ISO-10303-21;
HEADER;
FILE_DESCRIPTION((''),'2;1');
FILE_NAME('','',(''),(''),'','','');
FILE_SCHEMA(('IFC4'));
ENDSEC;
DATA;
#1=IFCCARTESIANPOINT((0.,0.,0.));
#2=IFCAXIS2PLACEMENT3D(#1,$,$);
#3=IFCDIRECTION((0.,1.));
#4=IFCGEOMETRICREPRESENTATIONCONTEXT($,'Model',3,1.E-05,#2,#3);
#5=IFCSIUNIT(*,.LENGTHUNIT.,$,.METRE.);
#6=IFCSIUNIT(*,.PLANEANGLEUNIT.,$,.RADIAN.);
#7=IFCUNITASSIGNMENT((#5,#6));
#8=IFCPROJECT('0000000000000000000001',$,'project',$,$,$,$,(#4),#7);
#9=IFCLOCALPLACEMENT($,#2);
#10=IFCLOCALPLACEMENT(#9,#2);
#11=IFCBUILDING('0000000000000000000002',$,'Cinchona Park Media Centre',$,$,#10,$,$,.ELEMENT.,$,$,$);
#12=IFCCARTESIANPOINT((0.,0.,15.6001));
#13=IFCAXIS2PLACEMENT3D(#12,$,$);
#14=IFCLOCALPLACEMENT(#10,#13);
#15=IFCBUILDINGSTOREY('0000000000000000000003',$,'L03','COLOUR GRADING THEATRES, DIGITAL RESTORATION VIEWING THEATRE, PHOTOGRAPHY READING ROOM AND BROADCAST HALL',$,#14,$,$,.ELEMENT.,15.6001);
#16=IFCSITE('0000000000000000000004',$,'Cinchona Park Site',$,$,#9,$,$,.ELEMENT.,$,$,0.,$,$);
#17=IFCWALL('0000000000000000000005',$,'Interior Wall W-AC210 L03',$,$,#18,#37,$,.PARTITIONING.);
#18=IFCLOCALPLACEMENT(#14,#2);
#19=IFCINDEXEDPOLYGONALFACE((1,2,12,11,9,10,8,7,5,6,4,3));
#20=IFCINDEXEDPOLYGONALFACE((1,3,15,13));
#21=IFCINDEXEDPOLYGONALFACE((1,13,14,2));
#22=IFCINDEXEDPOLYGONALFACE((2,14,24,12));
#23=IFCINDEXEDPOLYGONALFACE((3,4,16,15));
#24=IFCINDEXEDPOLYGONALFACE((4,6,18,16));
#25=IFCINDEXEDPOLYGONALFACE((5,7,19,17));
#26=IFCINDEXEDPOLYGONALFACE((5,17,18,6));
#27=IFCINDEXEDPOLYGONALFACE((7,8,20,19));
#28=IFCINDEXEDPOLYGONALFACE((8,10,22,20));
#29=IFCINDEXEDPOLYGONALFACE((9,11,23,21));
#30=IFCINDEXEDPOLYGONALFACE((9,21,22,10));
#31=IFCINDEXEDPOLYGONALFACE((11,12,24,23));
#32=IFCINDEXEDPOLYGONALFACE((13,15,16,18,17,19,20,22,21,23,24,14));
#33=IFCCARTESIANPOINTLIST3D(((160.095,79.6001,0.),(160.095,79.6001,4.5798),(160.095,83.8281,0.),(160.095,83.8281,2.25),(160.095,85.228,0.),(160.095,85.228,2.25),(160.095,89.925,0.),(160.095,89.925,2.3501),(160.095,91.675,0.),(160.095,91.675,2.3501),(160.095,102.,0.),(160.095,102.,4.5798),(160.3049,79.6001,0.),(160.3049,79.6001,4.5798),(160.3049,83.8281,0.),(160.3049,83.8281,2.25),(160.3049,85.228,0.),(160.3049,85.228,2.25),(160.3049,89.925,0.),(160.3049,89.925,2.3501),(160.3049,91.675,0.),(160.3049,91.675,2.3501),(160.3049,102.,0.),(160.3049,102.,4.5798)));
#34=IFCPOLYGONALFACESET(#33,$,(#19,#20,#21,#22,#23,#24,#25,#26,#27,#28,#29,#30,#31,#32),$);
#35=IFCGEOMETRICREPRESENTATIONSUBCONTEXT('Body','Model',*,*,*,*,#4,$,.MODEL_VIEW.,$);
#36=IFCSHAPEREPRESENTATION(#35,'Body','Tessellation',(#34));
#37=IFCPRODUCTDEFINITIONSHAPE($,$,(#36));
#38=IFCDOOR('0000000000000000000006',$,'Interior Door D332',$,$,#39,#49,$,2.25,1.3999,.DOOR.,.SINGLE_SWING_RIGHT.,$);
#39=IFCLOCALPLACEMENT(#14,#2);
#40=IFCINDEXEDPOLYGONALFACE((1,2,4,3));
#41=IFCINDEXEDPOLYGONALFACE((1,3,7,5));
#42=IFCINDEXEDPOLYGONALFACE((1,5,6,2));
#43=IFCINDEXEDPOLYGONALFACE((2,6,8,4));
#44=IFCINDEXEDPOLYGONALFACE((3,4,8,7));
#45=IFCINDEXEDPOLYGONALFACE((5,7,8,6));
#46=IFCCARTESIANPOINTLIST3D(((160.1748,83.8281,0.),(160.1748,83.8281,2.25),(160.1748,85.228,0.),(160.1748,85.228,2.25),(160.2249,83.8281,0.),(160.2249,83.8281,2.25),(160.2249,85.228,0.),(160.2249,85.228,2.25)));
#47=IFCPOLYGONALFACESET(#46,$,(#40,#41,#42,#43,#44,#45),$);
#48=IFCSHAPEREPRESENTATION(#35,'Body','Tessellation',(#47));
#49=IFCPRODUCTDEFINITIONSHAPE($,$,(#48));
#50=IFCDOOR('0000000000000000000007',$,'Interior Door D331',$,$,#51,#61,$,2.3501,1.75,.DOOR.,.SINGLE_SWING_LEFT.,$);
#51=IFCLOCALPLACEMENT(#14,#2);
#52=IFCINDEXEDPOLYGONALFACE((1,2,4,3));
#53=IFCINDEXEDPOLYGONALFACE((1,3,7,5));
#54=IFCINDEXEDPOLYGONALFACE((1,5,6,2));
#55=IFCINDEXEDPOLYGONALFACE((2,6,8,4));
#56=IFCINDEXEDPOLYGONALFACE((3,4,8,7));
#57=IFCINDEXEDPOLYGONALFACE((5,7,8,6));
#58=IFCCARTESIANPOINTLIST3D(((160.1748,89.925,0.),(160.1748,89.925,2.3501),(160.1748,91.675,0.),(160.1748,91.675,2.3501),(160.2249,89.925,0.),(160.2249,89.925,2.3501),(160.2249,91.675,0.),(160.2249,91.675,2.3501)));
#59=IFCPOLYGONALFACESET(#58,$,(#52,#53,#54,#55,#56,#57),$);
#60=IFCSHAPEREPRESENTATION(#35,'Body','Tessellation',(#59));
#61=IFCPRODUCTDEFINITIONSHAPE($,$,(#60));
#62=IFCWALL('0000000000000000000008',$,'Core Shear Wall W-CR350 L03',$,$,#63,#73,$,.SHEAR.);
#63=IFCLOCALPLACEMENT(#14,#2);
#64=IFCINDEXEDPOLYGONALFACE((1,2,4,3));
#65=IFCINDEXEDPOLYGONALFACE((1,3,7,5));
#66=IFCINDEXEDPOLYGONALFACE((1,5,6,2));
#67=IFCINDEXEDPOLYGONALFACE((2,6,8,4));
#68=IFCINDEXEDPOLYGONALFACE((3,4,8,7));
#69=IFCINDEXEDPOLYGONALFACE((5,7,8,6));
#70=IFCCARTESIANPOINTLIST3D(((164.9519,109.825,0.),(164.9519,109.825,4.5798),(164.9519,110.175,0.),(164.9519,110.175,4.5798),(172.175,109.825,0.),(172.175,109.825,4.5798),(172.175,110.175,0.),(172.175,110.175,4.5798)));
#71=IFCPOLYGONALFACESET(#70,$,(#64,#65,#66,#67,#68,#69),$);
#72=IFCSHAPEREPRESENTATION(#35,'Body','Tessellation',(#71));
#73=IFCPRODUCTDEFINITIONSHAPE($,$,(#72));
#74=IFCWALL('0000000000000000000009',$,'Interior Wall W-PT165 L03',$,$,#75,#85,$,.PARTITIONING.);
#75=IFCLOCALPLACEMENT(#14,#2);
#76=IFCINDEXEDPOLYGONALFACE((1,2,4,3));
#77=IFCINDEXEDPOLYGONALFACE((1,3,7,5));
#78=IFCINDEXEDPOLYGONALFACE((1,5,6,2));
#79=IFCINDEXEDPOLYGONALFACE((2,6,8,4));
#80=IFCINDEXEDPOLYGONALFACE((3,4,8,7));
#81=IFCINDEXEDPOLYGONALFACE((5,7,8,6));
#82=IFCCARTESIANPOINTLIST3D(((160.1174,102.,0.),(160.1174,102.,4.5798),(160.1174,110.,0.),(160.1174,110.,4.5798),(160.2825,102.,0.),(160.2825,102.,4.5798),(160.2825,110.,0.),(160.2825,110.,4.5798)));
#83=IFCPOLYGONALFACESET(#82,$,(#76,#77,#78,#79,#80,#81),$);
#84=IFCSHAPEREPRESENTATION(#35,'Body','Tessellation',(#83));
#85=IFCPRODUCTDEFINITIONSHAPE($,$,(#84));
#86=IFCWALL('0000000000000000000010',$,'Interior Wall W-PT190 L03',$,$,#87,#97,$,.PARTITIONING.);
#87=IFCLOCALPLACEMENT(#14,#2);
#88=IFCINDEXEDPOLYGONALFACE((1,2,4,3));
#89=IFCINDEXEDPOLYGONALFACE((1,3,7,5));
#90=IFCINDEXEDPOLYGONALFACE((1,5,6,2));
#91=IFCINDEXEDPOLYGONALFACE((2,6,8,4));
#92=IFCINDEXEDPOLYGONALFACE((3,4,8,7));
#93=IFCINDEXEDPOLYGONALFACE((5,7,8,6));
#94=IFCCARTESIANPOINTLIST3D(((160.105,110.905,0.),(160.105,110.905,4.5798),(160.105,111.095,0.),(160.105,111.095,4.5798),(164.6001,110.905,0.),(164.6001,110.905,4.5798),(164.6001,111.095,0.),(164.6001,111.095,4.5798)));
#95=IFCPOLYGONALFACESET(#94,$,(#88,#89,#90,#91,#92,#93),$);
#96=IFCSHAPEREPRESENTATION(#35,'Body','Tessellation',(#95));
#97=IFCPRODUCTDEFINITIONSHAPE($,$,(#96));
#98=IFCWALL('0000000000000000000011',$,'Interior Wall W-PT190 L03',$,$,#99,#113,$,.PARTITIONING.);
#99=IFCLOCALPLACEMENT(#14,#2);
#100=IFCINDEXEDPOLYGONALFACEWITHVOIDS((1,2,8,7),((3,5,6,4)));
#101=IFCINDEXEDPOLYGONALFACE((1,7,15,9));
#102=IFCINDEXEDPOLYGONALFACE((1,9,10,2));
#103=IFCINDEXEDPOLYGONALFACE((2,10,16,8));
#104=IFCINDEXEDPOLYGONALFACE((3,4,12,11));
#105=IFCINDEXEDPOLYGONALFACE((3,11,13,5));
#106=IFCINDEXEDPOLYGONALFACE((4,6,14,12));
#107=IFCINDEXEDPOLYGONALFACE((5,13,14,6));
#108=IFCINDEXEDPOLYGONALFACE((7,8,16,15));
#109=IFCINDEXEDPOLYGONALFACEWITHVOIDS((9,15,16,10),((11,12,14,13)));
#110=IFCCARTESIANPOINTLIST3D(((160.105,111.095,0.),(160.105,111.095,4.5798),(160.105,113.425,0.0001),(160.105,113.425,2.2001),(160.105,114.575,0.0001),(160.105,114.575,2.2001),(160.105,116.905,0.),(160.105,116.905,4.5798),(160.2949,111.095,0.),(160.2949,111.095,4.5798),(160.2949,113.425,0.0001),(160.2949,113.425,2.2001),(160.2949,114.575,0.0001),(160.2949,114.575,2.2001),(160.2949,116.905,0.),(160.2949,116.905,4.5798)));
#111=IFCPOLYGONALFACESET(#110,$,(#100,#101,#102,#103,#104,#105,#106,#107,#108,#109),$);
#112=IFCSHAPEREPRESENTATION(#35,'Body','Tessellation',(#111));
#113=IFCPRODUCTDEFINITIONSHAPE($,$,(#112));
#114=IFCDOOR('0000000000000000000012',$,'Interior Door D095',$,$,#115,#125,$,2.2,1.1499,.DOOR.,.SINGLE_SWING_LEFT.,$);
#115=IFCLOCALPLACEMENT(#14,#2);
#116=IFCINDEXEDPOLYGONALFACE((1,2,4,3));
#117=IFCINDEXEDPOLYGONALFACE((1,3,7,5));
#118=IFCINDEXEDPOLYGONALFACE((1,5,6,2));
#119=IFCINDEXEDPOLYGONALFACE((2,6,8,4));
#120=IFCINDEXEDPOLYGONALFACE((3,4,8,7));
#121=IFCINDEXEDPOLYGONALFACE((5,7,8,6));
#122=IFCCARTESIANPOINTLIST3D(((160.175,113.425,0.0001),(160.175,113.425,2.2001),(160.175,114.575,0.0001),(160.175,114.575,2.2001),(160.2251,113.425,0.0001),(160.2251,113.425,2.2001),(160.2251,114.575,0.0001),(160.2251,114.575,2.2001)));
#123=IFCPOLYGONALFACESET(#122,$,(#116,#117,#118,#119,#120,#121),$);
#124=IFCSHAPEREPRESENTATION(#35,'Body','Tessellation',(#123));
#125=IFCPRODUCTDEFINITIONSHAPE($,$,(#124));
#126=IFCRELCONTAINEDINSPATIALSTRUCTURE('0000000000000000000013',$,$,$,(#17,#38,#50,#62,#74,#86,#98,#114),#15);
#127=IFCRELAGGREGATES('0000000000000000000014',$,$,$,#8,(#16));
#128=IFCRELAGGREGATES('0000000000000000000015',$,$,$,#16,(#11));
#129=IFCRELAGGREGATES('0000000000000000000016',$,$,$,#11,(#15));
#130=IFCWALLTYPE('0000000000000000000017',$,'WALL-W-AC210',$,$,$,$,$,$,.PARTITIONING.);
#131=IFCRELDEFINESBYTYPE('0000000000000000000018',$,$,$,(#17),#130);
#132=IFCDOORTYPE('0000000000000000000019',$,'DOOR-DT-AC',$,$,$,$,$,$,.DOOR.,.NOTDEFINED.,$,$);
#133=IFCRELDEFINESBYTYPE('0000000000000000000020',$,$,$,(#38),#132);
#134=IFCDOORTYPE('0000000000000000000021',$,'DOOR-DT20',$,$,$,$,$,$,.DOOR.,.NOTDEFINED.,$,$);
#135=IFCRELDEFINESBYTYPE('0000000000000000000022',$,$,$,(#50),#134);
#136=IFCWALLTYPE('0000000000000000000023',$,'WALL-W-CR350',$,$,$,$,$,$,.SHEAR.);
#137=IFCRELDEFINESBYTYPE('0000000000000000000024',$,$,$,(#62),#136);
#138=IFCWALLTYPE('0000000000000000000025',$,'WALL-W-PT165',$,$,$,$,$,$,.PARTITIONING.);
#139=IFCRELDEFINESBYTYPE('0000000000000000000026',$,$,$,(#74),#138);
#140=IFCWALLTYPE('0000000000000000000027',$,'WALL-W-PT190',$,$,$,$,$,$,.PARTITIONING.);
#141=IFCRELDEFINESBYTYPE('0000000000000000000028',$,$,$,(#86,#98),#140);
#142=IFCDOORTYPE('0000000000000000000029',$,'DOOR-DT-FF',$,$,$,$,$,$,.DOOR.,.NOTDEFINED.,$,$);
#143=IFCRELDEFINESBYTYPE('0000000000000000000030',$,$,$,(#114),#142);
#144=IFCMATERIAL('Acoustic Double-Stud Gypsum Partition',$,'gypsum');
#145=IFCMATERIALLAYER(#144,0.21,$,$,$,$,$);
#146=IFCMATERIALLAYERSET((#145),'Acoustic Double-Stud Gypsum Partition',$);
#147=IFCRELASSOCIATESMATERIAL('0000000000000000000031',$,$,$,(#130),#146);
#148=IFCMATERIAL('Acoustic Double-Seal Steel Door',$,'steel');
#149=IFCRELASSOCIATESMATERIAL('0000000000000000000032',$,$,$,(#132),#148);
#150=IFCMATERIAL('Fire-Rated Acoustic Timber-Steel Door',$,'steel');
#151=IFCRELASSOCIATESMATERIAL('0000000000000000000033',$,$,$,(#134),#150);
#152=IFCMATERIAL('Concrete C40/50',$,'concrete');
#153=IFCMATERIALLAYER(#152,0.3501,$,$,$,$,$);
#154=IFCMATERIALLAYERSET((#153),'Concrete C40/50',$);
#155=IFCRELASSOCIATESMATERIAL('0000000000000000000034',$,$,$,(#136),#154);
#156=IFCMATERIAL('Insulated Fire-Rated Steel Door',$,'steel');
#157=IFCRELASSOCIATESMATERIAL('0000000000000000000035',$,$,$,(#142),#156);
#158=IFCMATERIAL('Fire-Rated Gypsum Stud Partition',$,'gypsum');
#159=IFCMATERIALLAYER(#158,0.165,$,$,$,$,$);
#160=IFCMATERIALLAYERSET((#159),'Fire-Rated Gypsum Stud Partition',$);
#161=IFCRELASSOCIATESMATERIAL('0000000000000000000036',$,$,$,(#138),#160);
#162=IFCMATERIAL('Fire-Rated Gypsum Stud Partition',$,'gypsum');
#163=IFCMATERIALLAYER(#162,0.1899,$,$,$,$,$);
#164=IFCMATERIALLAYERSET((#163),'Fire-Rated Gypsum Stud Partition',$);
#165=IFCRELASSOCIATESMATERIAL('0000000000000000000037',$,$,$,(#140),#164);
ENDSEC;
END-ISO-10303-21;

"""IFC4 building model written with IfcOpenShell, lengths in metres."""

from ifc_helpers import new_model, si_unit, direction, frame, frame_2d, origin, place, context, subcontext, project, spatial, rectangle, extrude, material, layer, layer_set, type_object, element, fill, save


model = new_model("IFC4")

# Units and contexts
model_context = context("Model", 3, precision=1e-05, world=origin(), true_north=direction((0.0, 1.0)))
body_context = subcontext(model_context, "Body", "Model", "MODEL_VIEW")
ifc_project = project(units=[si_unit("LENGTHUNIT", "METRE"), si_unit("PLANEANGLEUNIT", "RADIAN")], contexts=[model_context])

# Site, building, storey
site_placement = place(None, origin())
site = spatial("IfcSite", under=ifc_project, at=site_placement, Name="Cinchona Park Site", CompositionType="ELEMENT", RefElevation=0.0)
building_placement = place(site_placement, origin())
building = spatial("IfcBuilding", under=site, at=building_placement, Name="Cinchona Park Media Centre", CompositionType="ELEMENT")
storey_placement = place(building_placement, frame((0.0, 0.0, 15.6001)))
storey = spatial("IfcBuildingStorey", under=building, at=storey_placement, Name="L03", Description="COLOUR GRADING THEATRES, DIGITAL RESTORATION VIEWING THEATRE, PHOTOGRAPHY READING ROOM AND BROADCAST HALL", CompositionType="ELEMENT", Elevation=15.6001)

# Wall, openings, doors
ifc_material_1 = material(Name="Acoustic Double-Stud Gypsum Partition", Category="gypsum")
ifc_layer_1 = layer(ifc_material_1, 0.21)
ifc_layer_set_1 = layer_set([ifc_layer_1], Name="Acoustic Double-Stud Gypsum Partition")
wall_type_1 = type_object("IfcWallType", Name="WALL-W-AC210", PredefinedType="PARTITIONING", material=ifc_layer_set_1)
wall_1_placement = place(storey_placement, frame((160.2, 102.0, 0.0), z_axis=(0.0, 0.0, 1.0), x_axis=(0.0, -1.0, 0.0)))
wall_1 = element("IfcWall", 1, at=wall_1_placement, inside=storey, type_object=wall_type_1, Name="Interior Wall W-AC210 L03", PredefinedType="PARTITIONING", context=body_context, shape_type="SweptSolid", body=[
    extrude(rectangle(XDim=22.3999, YDim=0.21, at=frame_2d((11.2, 0.0))), origin(), (0.0, 0.0, 1.0), 4.5798),
])
opening_1_placement = place(wall_1_placement, frame((10.325, 0.0, 0.0)))
opening_1 = element("IfcOpeningElement", 2, at=opening_1_placement, cuts=wall_1, PredefinedType="OPENING", context=body_context, shape_type="SweptSolid", body=[
    extrude(rectangle(XDim=1.75, YDim=2.3501, at=frame_2d((0.875, 1.175))), frame((0.0, 0.115, 0.0), z_axis=(0.0, -1.0, 0.0), x_axis=(1.0, 0.0, 0.0)), (0.0, 0.0, 1.0), 0.23),
])
opening_2_placement = place(wall_1_placement, frame((16.772, 0.0, 0.0)))
opening_2 = element("IfcOpeningElement", 3, at=opening_2_placement, cuts=wall_1, PredefinedType="OPENING", context=body_context, shape_type="SweptSolid", body=[
    extrude(rectangle(XDim=1.3999, YDim=2.25, at=frame_2d((0.7, 1.125))), frame((0.0, 0.115, 0.0), z_axis=(0.0, -1.0, 0.0), x_axis=(1.0, 0.0, 0.0)), (0.0, 0.0, 1.0), 0.23),
])
ifc_material_2 = material(Name="Acoustic Double-Seal Steel Door", Category="steel")
door_type_1 = type_object("IfcDoorType", Name="DOOR-DT-AC", OperationType="NOTDEFINED", PredefinedType="DOOR", material=ifc_material_2)
door_1_placement = place(opening_2_placement, origin())
door_1 = element("IfcDoor", 4, at=door_1_placement, inside=storey, type_object=door_type_1, Name="Interior Door D332", OperationType="SINGLE_SWING_RIGHT", OverallHeight=2.25, OverallWidth=1.3999, PredefinedType="DOOR", context=body_context, shape_type="SweptSolid", body=[
    extrude(rectangle(XDim=1.3999, YDim=2.25, at=frame_2d((0.7, 1.125))), frame((0.0, 0.0249, 0.0), z_axis=(0.0, -1.0, 0.0), x_axis=(1.0, 0.0, 0.0)), (0.0, 0.0, 1.0), 0.05),
])
fill(opening_2, door_1)
ifc_material_3 = material(Name="Fire-Rated Acoustic Timber-Steel Door", Category="steel")
door_type_2 = type_object("IfcDoorType", Name="DOOR-DT20", OperationType="NOTDEFINED", PredefinedType="DOOR", material=ifc_material_3)
door_2_placement = place(opening_1_placement, origin())
door_2 = element("IfcDoor", 5, at=door_2_placement, inside=storey, type_object=door_type_2, Name="Interior Door D331", OperationType="SINGLE_SWING_LEFT", OverallHeight=2.3501, OverallWidth=1.75, PredefinedType="DOOR", context=body_context, shape_type="SweptSolid", body=[
    extrude(rectangle(XDim=1.75, YDim=2.3501, at=frame_2d((0.875, 1.175))), frame((0.0, 0.0249, 0.0), z_axis=(0.0, -1.0, 0.0), x_axis=(1.0, 0.0, 0.0)), (0.0, 0.0, 1.0), 0.05),
])
fill(opening_1, door_2)

# Wall
ifc_material_4 = material(Name="Concrete C40/50", Category="concrete")
ifc_layer_2 = layer(ifc_material_4, 0.3501)
ifc_layer_set_2 = layer_set([ifc_layer_2], Name="Concrete C40/50")
wall_type_2 = type_object("IfcWallType", Name="WALL-W-CR350", PredefinedType="SHEAR", material=ifc_layer_set_2)
wall_2_placement = place(storey_placement, frame((164.9519, 110.0, 0.0), z_axis=(0.0, 0.0, 1.0), x_axis=(1.0, 0.0, 0.0)))
element("IfcWall", 6, at=wall_2_placement, inside=storey, type_object=wall_type_2, Name="Core Shear Wall W-CR350 L03", PredefinedType="SHEAR", context=body_context, shape_type="SweptSolid", body=[
    extrude(rectangle(XDim=7.2231, YDim=0.3501, at=frame_2d((3.6116, 0.0))), origin(), (0.0, 0.0, 1.0), 4.5798),
])

# Shared definitions
ifc_material_5 = material(Name="Insulated Fire-Rated Steel Door", Category="steel")
door_type_3 = type_object("IfcDoorType", Name="DOOR-DT-FF", OperationType="NOTDEFINED", PredefinedType="DOOR", material=ifc_material_5)

# Walls
ifc_material_6 = material(Name="Fire-Rated Gypsum Stud Partition", Category="gypsum")
ifc_layer_3 = layer(ifc_material_6, 0.165)
ifc_layer_set_3 = layer_set([ifc_layer_3], Name="Fire-Rated Gypsum Stud Partition")
wall_type_3 = type_object("IfcWallType", Name="WALL-W-PT165", PredefinedType="PARTITIONING", material=ifc_layer_set_3)
wall_3_placement = place(storey_placement, frame((160.2, 110.0, 0.0), z_axis=(0.0, 0.0, 1.0), x_axis=(0.0, -1.0, 0.0)))
element("IfcWall", 7, at=wall_3_placement, inside=storey, type_object=wall_type_3, Name="Interior Wall W-PT165 L03", PredefinedType="PARTITIONING", context=body_context, shape_type="SweptSolid", body=[
    extrude(rectangle(XDim=8.0, YDim=0.165, at=frame_2d((4.0, 0.0))), origin(), (0.0, 0.0, 1.0), 4.5798),
])
ifc_material_7 = material(Name="Fire-Rated Gypsum Stud Partition", Category="gypsum")
ifc_layer_4 = layer(ifc_material_7, 0.1899)
ifc_layer_set_4 = layer_set([ifc_layer_4], Name="Fire-Rated Gypsum Stud Partition")
wall_type_4 = type_object("IfcWallType", Name="WALL-W-PT190", PredefinedType="PARTITIONING", material=ifc_layer_set_4)
wall_4_placement = place(storey_placement, frame((160.105, 111.0, 0.0), z_axis=(0.0, 0.0, 1.0), x_axis=(1.0, 0.0, 0.0)))
element("IfcWall", 8, at=wall_4_placement, inside=storey, type_object=wall_type_4, Name="Interior Wall W-PT190 L03", PredefinedType="PARTITIONING", context=body_context, shape_type="SweptSolid", body=[
    extrude(rectangle(XDim=4.4951, YDim=0.1899, at=frame_2d((2.2476, 0.0))), origin(), (0.0, 0.0, 1.0), 4.5798),
])

# Wall, opening, door
wall_5_placement = place(storey_placement, frame((160.2, 111.095, 0.0), z_axis=(0.0, 0.0, 1.0), x_axis=(0.0, 1.0, 0.0)))
wall_5 = element("IfcWall", 9, at=wall_5_placement, inside=storey, type_object=wall_type_4, Name="Interior Wall W-PT190 L03", PredefinedType="PARTITIONING", context=body_context, shape_type="SweptSolid", body=[
    extrude(rectangle(XDim=5.8101, YDim=0.1899, at=frame_2d((2.905, 0.0))), origin(), (0.0, 0.0, 1.0), 4.5798),
])
opening_3_placement = place(wall_5_placement, frame((2.3301, 0.0, 0.0)))
opening_3 = element("IfcOpeningElement", 10, at=opening_3_placement, cuts=wall_5, PredefinedType="OPENING", context=body_context, shape_type="SweptSolid", body=[
    extrude(rectangle(XDim=1.1499, YDim=2.2, at=frame_2d((0.575, 1.1001))), frame((0.0, 0.105, 0.0), z_axis=(0.0, -1.0, 0.0), x_axis=(1.0, 0.0, 0.0)), (0.0, 0.0, 1.0), 0.21),
])
door_3_placement = place(opening_3_placement, origin())
door_3 = element("IfcDoor", 11, at=door_3_placement, inside=storey, type_object=door_type_3, Name="Interior Door D095", OperationType="SINGLE_SWING_LEFT", OverallHeight=2.2, OverallWidth=1.1499, PredefinedType="DOOR", context=body_context, shape_type="SweptSolid", body=[
    extrude(rectangle(XDim=1.1499, YDim=2.2, at=frame_2d((0.575, 1.1001))), frame((0.0, 0.0249, 0.0), z_axis=(0.0, -1.0, 0.0), x_axis=(1.0, 0.0, 0.0)), (0.0, 0.0, 1.0), 0.05),
])
fill(opening_3, door_3)

save(model, "model.ifc")
